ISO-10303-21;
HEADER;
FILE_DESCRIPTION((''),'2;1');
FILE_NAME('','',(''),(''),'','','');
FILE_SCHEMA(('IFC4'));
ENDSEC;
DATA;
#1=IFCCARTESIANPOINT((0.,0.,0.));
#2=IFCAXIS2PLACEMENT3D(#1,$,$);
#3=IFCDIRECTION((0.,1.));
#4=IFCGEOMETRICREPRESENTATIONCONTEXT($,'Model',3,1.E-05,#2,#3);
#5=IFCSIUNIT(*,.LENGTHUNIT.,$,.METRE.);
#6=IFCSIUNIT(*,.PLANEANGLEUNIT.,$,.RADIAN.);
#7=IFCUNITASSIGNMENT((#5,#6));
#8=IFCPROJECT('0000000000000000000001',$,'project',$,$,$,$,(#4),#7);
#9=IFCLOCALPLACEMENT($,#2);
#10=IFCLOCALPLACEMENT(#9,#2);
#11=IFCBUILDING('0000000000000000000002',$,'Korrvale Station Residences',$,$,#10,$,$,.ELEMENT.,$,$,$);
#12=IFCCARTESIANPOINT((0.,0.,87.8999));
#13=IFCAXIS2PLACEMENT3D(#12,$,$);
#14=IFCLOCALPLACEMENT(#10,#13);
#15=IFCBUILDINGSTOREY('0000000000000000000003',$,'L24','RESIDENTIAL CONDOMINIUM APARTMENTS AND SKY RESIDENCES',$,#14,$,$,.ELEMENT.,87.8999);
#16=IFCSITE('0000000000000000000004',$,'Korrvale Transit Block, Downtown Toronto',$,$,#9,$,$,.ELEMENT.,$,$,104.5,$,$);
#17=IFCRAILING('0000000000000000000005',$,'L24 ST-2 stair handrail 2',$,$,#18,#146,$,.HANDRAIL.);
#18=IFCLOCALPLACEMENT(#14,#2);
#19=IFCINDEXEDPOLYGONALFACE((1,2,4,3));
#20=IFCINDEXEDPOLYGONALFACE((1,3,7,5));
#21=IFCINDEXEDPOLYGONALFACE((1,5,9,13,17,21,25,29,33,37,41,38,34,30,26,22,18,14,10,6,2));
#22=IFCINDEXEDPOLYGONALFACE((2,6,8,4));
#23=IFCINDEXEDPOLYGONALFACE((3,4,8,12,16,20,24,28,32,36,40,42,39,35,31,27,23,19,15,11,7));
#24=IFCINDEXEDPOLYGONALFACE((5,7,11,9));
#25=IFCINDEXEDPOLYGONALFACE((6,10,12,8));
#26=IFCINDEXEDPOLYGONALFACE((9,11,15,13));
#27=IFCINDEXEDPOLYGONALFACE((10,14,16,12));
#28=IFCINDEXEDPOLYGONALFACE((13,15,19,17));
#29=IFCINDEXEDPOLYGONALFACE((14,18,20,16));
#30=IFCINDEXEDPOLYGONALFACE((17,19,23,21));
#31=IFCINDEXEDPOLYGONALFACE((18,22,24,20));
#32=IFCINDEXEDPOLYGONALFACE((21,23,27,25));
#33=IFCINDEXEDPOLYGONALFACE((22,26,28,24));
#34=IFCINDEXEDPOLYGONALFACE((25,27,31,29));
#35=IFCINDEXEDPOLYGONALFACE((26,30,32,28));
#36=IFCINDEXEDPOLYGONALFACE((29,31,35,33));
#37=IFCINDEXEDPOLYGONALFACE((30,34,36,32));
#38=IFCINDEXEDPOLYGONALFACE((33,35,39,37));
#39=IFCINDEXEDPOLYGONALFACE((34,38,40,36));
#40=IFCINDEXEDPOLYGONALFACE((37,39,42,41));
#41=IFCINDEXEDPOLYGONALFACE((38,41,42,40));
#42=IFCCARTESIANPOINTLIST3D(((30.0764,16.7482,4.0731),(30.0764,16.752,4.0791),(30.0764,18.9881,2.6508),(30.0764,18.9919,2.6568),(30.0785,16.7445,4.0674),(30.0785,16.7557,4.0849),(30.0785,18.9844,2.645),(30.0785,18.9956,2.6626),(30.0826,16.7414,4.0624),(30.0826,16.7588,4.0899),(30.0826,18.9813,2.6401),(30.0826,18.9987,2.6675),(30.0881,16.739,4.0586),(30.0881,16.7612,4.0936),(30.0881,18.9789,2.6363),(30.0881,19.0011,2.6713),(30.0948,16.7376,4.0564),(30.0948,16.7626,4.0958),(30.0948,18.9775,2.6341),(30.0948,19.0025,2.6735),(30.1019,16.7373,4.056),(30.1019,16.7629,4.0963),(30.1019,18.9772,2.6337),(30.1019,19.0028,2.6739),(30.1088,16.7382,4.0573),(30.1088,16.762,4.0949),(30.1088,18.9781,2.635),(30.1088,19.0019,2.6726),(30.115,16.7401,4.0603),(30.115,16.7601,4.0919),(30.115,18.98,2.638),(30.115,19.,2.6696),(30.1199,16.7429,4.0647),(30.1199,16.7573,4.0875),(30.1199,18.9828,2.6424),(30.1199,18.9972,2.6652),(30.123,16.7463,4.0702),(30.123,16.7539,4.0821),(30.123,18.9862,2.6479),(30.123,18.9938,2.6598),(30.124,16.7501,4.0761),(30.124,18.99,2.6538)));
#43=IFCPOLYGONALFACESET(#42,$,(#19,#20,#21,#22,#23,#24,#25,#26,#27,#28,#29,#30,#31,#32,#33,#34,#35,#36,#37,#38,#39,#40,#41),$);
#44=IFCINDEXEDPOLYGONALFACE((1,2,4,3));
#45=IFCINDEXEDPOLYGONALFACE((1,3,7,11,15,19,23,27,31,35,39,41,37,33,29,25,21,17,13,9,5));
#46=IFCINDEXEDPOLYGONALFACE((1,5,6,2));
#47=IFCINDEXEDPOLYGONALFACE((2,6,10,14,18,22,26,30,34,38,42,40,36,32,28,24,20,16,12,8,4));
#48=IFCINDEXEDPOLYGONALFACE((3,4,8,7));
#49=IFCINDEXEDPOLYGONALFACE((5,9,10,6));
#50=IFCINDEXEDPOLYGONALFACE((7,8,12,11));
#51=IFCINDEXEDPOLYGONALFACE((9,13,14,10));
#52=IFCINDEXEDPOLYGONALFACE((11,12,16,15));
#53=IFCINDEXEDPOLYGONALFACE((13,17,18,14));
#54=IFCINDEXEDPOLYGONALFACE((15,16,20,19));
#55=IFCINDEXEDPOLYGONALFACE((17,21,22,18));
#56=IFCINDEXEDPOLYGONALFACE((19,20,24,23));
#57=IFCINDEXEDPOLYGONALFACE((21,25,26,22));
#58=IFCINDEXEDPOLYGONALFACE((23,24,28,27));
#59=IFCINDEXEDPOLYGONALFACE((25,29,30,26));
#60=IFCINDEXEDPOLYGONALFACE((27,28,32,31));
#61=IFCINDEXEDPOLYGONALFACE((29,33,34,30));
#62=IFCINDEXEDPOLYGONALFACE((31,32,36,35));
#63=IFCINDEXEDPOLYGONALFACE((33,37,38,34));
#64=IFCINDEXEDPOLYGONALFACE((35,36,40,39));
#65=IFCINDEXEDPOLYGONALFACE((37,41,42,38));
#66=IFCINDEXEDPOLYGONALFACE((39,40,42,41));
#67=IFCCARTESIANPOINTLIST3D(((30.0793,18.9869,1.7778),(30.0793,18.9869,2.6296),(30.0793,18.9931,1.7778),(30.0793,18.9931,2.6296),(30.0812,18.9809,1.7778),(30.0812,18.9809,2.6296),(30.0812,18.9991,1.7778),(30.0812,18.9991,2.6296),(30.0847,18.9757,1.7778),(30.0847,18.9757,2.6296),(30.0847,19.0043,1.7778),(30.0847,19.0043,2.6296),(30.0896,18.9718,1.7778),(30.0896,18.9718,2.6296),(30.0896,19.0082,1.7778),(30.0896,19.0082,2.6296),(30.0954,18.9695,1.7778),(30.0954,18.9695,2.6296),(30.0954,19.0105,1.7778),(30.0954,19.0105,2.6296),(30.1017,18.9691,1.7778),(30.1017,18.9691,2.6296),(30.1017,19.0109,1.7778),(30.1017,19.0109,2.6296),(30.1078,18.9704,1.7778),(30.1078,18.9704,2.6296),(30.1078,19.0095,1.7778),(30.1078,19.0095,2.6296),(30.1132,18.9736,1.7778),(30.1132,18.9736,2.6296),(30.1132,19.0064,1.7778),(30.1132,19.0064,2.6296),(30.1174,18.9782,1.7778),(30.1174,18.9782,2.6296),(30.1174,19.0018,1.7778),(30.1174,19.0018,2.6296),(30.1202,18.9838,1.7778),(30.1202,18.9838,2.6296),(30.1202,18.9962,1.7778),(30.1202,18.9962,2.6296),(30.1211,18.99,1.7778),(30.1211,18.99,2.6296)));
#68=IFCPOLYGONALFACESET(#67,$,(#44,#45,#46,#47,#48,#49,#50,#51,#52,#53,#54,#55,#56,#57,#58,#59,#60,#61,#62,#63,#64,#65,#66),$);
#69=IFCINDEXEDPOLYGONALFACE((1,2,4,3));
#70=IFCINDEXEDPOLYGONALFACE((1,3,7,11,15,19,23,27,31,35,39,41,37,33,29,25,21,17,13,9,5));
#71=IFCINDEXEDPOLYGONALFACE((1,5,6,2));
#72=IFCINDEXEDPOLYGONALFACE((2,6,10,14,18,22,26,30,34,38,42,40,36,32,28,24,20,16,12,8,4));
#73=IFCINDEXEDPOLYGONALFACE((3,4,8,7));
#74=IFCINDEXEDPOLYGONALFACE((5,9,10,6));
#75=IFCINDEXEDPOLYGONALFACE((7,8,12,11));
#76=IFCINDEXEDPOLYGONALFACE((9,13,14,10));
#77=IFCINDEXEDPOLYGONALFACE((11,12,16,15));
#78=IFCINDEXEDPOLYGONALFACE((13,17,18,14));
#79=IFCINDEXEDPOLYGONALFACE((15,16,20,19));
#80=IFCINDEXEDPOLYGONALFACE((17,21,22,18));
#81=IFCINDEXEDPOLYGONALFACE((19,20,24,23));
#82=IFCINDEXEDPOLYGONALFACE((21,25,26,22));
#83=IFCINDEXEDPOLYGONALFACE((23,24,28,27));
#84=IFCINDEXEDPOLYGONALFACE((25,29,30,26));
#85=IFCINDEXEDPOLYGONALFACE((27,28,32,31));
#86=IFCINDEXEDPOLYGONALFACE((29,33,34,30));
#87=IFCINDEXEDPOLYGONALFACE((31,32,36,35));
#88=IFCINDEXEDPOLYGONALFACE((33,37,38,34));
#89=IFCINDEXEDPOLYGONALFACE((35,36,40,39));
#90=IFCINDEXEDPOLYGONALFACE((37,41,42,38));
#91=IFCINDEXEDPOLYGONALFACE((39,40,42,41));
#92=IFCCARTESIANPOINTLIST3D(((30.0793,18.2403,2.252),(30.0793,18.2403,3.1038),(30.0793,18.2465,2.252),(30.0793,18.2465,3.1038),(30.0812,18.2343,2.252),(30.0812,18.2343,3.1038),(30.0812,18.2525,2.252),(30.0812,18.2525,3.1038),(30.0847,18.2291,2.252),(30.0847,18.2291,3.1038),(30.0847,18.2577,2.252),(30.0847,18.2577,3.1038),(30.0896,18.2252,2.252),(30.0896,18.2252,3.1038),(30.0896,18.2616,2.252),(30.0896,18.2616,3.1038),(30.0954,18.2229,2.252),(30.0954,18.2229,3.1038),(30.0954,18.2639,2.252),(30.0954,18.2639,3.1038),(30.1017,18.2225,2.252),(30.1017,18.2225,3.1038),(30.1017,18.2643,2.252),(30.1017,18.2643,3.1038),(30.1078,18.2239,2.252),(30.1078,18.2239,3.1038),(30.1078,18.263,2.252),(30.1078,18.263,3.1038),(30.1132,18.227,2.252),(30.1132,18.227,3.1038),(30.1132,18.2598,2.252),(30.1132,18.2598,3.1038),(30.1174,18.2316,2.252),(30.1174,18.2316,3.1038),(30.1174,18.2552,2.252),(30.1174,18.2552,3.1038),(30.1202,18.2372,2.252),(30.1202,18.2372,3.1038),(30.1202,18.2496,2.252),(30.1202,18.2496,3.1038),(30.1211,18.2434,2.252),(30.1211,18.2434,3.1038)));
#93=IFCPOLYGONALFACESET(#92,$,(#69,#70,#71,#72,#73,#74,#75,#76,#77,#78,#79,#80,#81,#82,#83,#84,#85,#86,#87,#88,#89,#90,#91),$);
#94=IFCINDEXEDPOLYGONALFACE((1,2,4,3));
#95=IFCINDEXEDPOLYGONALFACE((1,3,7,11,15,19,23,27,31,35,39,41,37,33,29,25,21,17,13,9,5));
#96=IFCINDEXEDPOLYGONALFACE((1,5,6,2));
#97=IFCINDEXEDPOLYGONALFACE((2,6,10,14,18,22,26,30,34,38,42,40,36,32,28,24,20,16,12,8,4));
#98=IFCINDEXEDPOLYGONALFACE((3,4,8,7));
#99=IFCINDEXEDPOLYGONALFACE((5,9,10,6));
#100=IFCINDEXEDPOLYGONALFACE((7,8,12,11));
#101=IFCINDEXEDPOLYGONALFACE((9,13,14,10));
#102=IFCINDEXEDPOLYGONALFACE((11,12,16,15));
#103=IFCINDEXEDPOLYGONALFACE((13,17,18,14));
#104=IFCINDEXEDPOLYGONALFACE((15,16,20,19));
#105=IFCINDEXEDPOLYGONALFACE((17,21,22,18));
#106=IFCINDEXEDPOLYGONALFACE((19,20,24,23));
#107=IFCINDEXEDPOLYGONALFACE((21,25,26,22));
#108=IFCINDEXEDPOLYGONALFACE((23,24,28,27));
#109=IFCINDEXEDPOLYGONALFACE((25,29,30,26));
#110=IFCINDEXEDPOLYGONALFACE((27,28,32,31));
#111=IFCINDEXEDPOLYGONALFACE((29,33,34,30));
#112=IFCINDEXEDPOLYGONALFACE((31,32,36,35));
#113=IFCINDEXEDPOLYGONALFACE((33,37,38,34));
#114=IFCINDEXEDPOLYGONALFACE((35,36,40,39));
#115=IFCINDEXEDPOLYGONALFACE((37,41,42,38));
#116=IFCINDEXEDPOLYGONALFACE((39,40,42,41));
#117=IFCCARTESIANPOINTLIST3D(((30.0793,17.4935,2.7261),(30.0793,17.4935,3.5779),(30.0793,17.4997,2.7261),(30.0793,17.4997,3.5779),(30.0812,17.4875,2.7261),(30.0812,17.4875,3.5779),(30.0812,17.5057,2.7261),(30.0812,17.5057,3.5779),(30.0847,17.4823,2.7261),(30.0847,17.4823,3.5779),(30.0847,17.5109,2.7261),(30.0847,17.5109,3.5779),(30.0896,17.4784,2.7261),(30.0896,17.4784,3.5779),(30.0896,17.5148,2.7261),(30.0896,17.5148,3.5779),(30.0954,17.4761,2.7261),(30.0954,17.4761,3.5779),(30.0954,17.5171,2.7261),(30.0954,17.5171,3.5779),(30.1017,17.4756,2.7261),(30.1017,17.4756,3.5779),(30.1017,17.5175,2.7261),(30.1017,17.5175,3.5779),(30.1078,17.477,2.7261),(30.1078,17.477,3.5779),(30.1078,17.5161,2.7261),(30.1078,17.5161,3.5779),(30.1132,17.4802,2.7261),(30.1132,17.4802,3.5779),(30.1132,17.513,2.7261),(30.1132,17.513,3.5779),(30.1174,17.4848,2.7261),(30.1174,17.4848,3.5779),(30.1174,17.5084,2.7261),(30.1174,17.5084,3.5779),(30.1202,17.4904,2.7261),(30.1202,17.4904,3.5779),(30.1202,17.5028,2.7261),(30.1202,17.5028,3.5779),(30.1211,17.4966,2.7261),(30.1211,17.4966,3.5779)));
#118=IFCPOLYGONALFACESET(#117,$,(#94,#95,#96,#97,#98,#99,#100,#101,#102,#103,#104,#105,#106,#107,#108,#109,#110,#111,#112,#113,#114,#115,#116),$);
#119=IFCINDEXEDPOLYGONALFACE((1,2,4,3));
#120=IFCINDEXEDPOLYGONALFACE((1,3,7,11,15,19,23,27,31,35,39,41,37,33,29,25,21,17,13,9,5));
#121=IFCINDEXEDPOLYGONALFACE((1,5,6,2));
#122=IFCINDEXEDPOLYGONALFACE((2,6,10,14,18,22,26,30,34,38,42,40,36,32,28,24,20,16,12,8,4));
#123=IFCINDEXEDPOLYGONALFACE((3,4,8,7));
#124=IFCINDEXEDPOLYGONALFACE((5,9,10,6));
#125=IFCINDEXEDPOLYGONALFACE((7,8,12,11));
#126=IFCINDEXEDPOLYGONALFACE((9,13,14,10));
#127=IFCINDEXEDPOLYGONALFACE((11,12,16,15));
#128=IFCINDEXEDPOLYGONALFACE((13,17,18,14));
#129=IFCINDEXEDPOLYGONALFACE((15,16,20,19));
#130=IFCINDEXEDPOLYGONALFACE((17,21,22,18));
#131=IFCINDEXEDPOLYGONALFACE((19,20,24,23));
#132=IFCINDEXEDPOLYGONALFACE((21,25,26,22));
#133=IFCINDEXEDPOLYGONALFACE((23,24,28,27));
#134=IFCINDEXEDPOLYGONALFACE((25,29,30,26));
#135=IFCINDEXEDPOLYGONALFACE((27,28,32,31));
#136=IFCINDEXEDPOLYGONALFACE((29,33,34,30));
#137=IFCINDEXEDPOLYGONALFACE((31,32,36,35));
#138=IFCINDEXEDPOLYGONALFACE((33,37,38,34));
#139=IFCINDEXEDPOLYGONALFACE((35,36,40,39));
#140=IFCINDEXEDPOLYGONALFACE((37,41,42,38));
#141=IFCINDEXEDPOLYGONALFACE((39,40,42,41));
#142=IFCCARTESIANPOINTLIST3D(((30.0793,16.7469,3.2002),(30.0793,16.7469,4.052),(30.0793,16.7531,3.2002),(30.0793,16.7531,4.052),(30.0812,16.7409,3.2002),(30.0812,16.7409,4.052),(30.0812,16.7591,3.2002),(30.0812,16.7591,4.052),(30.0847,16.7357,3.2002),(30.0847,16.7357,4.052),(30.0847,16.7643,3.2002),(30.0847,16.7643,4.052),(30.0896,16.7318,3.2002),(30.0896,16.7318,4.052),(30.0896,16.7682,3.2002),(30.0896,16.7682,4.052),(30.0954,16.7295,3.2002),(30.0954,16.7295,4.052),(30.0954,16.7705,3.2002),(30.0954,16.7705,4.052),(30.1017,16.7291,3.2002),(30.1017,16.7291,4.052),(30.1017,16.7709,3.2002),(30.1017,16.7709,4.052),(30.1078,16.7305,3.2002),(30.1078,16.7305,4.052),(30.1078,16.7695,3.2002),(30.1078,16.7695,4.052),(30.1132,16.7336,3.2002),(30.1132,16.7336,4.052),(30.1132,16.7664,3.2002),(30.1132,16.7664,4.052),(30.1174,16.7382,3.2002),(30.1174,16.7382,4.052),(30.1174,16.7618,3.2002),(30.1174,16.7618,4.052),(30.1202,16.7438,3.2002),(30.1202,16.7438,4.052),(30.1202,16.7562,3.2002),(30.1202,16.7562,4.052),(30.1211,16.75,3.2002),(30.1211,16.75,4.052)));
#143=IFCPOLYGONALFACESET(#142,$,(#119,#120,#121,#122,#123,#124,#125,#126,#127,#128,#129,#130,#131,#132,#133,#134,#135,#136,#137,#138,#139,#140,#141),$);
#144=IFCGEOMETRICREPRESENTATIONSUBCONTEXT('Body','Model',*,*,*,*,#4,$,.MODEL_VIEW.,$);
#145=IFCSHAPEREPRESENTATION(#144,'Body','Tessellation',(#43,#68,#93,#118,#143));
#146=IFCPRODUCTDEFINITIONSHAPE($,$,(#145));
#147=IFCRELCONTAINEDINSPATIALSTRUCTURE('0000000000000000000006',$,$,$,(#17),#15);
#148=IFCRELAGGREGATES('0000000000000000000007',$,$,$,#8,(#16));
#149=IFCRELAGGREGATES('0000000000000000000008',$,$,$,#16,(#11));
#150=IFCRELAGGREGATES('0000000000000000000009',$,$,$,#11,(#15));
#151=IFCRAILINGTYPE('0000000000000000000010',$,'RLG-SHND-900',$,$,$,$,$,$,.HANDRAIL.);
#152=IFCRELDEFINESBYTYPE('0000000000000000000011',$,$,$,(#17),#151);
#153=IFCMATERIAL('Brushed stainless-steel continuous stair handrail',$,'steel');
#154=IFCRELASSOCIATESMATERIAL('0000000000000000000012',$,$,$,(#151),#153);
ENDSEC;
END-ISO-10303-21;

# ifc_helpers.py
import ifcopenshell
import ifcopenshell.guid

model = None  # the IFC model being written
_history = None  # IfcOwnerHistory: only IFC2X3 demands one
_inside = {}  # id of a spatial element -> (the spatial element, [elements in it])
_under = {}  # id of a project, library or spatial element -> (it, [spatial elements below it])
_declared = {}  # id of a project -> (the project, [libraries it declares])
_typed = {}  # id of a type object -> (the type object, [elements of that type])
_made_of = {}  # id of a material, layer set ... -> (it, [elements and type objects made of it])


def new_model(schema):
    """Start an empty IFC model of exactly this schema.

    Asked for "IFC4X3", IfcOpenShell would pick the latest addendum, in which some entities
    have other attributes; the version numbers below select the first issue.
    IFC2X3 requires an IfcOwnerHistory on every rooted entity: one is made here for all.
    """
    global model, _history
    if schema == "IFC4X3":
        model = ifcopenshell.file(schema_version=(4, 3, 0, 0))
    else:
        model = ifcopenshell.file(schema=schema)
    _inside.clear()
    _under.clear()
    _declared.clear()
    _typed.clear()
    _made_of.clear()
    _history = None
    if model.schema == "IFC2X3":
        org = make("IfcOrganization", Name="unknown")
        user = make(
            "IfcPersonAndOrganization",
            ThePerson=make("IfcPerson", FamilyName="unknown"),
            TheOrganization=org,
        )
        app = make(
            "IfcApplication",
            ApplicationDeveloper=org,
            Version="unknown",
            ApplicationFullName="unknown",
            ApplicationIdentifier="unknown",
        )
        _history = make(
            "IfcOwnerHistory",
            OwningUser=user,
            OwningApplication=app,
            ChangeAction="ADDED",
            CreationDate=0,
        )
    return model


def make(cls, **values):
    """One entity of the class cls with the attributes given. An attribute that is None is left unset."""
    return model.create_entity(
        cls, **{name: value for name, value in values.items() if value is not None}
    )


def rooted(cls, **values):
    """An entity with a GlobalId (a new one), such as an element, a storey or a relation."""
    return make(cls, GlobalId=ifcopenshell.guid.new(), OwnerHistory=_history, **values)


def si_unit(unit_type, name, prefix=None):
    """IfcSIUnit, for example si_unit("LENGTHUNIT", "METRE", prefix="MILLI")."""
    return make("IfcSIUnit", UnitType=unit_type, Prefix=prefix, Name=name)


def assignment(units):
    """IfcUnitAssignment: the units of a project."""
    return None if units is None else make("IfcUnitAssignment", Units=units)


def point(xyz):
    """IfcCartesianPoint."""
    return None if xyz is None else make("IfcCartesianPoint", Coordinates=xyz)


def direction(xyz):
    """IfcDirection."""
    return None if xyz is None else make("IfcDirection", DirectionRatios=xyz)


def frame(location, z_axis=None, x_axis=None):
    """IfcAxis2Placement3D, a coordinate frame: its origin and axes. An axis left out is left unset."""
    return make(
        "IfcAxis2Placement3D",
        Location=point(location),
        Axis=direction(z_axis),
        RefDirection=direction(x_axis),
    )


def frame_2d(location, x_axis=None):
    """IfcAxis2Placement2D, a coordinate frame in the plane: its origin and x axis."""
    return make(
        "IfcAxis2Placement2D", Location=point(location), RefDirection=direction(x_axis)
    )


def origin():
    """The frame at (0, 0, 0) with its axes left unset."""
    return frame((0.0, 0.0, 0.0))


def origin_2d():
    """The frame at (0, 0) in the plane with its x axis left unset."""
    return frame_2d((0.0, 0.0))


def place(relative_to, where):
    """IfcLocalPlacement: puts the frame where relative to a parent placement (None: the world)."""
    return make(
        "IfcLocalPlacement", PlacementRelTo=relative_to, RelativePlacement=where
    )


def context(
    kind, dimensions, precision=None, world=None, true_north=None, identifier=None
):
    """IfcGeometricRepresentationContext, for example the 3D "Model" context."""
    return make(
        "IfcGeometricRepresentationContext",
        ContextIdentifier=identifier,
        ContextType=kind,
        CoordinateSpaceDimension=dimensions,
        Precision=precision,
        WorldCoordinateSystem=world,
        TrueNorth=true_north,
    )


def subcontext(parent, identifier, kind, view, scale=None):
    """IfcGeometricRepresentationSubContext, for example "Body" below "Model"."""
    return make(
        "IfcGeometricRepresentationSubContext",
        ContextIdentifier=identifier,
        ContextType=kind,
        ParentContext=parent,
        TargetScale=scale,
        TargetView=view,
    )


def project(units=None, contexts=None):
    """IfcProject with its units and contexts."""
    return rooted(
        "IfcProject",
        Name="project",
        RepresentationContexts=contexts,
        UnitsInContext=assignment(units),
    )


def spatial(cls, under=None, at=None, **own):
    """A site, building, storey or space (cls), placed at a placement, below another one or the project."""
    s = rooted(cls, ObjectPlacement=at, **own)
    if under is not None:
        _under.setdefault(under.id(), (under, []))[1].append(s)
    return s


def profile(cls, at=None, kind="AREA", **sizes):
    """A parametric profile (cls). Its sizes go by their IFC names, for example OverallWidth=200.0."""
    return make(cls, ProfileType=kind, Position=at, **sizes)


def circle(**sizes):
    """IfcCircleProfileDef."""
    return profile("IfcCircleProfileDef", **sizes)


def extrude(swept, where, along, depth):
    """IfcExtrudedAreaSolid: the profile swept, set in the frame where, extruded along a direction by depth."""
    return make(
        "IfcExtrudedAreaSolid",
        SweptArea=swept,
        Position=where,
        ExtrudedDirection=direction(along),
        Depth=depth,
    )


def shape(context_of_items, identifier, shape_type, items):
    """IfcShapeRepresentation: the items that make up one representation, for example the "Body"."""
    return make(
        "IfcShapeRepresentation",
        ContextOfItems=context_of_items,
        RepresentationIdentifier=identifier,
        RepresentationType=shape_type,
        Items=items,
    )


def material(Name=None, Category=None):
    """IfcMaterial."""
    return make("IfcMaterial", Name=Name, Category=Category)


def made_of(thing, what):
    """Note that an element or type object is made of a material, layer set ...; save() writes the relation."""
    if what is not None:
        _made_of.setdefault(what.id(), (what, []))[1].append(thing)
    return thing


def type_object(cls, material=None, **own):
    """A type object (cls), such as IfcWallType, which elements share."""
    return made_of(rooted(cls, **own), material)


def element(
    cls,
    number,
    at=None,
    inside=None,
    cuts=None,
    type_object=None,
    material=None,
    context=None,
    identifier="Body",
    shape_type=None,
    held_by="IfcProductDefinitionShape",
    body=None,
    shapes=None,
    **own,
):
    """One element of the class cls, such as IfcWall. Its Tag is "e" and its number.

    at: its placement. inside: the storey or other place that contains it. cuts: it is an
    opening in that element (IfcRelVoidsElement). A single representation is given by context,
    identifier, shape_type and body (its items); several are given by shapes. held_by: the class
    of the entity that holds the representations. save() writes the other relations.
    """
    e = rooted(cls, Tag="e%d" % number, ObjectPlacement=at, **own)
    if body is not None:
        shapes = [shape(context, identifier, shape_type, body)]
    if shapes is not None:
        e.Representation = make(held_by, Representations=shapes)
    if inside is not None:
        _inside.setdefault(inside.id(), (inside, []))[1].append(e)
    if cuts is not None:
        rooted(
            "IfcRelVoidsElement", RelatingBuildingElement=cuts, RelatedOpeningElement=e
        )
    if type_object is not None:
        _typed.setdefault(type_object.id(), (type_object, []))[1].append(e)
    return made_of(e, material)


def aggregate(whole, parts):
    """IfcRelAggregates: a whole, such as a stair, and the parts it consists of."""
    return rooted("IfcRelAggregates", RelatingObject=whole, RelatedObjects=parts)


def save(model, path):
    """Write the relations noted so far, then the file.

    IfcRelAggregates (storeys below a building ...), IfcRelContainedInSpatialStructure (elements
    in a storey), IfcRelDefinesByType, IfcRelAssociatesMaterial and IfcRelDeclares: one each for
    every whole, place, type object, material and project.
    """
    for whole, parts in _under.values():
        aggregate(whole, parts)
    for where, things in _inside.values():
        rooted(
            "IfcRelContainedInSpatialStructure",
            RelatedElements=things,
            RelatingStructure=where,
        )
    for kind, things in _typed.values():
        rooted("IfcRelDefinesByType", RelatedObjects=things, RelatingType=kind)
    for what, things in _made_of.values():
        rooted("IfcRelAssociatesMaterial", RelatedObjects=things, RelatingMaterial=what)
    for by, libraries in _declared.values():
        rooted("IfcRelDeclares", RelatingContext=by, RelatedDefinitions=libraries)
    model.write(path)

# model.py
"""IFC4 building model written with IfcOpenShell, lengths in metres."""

from ifc_helpers import new_model, si_unit, direction, frame, origin, origin_2d, place, context, subcontext, project, spatial, circle, extrude, material, type_object, element, save


model = new_model("IFC4")

# Units and contexts
model_context = context("Model", 3, precision=1e-05, world=origin(), true_north=direction((0.0, 1.0)))
body_context = subcontext(model_context, "Body", "Model", "MODEL_VIEW")
ifc_project = project(units=[si_unit("LENGTHUNIT", "METRE"), si_unit("PLANEANGLEUNIT", "RADIAN")], contexts=[model_context])

# Site, building, storey
site_placement = place(None, origin())
site = spatial("IfcSite", under=ifc_project, at=site_placement, Name="Korrvale Transit Block, Downtown Toronto", CompositionType="ELEMENT", RefElevation=104.5)
building_placement = place(site_placement, origin())
building = spatial("IfcBuilding", under=site, at=building_placement, Name="Korrvale Station Residences", CompositionType="ELEMENT")
storey_placement = place(building_placement, frame((0.0, 0.0, 87.8999)))
storey = spatial("IfcBuildingStorey", under=building, at=storey_placement, Name="L24", Description="RESIDENTIAL CONDOMINIUM APARTMENTS AND SKY RESIDENCES", CompositionType="ELEMENT", Elevation=87.8999)

# Railing
ifc_material_1 = material(Name="Brushed stainless-steel continuous stair handrail", Category="steel")
railing_type_1 = type_object("IfcRailingType", Name="RLG-SHND-900", PredefinedType="HANDRAIL", material=ifc_material_1)
railing_1_placement = place(storey_placement, frame((30.1001, 18.99, 1.7778)))
element("IfcRailing", 1, at=railing_1_placement, inside=storey, type_object=railing_type_1, Name="L24 ST-2 stair handrail 2", PredefinedType="HANDRAIL", context=body_context, shape_type="SweptSolid", body=[
    extrude(circle(Radius=0.0239, at=origin_2d()), frame((0.0, 0.0, 0.876), z_axis=(0.0, -0.844188, 0.536048), x_axis=(1.0, 0.0, 0.0)), (0.0, 0.0, 1.0), 2.6533),
    extrude(circle(Radius=0.021, at=origin_2d()), origin(), (0.0, 0.0, 1.0), 0.8518),
    extrude(circle(Radius=0.021, at=origin_2d()), frame((0.0, -0.7466, 0.4741)), (0.0, 0.0, 1.0), 0.8518),
    extrude(circle(Radius=0.021, at=origin_2d()), frame((0.0, -1.4934, 0.9482)), (0.0, 0.0, 1.0), 0.8518),
    extrude(circle(Radius=0.021, at=origin_2d()), frame((0.0, -2.24, 1.4224)), (0.0, 0.0, 1.0), 0.8518),
])

save(model, "model.ifc")
